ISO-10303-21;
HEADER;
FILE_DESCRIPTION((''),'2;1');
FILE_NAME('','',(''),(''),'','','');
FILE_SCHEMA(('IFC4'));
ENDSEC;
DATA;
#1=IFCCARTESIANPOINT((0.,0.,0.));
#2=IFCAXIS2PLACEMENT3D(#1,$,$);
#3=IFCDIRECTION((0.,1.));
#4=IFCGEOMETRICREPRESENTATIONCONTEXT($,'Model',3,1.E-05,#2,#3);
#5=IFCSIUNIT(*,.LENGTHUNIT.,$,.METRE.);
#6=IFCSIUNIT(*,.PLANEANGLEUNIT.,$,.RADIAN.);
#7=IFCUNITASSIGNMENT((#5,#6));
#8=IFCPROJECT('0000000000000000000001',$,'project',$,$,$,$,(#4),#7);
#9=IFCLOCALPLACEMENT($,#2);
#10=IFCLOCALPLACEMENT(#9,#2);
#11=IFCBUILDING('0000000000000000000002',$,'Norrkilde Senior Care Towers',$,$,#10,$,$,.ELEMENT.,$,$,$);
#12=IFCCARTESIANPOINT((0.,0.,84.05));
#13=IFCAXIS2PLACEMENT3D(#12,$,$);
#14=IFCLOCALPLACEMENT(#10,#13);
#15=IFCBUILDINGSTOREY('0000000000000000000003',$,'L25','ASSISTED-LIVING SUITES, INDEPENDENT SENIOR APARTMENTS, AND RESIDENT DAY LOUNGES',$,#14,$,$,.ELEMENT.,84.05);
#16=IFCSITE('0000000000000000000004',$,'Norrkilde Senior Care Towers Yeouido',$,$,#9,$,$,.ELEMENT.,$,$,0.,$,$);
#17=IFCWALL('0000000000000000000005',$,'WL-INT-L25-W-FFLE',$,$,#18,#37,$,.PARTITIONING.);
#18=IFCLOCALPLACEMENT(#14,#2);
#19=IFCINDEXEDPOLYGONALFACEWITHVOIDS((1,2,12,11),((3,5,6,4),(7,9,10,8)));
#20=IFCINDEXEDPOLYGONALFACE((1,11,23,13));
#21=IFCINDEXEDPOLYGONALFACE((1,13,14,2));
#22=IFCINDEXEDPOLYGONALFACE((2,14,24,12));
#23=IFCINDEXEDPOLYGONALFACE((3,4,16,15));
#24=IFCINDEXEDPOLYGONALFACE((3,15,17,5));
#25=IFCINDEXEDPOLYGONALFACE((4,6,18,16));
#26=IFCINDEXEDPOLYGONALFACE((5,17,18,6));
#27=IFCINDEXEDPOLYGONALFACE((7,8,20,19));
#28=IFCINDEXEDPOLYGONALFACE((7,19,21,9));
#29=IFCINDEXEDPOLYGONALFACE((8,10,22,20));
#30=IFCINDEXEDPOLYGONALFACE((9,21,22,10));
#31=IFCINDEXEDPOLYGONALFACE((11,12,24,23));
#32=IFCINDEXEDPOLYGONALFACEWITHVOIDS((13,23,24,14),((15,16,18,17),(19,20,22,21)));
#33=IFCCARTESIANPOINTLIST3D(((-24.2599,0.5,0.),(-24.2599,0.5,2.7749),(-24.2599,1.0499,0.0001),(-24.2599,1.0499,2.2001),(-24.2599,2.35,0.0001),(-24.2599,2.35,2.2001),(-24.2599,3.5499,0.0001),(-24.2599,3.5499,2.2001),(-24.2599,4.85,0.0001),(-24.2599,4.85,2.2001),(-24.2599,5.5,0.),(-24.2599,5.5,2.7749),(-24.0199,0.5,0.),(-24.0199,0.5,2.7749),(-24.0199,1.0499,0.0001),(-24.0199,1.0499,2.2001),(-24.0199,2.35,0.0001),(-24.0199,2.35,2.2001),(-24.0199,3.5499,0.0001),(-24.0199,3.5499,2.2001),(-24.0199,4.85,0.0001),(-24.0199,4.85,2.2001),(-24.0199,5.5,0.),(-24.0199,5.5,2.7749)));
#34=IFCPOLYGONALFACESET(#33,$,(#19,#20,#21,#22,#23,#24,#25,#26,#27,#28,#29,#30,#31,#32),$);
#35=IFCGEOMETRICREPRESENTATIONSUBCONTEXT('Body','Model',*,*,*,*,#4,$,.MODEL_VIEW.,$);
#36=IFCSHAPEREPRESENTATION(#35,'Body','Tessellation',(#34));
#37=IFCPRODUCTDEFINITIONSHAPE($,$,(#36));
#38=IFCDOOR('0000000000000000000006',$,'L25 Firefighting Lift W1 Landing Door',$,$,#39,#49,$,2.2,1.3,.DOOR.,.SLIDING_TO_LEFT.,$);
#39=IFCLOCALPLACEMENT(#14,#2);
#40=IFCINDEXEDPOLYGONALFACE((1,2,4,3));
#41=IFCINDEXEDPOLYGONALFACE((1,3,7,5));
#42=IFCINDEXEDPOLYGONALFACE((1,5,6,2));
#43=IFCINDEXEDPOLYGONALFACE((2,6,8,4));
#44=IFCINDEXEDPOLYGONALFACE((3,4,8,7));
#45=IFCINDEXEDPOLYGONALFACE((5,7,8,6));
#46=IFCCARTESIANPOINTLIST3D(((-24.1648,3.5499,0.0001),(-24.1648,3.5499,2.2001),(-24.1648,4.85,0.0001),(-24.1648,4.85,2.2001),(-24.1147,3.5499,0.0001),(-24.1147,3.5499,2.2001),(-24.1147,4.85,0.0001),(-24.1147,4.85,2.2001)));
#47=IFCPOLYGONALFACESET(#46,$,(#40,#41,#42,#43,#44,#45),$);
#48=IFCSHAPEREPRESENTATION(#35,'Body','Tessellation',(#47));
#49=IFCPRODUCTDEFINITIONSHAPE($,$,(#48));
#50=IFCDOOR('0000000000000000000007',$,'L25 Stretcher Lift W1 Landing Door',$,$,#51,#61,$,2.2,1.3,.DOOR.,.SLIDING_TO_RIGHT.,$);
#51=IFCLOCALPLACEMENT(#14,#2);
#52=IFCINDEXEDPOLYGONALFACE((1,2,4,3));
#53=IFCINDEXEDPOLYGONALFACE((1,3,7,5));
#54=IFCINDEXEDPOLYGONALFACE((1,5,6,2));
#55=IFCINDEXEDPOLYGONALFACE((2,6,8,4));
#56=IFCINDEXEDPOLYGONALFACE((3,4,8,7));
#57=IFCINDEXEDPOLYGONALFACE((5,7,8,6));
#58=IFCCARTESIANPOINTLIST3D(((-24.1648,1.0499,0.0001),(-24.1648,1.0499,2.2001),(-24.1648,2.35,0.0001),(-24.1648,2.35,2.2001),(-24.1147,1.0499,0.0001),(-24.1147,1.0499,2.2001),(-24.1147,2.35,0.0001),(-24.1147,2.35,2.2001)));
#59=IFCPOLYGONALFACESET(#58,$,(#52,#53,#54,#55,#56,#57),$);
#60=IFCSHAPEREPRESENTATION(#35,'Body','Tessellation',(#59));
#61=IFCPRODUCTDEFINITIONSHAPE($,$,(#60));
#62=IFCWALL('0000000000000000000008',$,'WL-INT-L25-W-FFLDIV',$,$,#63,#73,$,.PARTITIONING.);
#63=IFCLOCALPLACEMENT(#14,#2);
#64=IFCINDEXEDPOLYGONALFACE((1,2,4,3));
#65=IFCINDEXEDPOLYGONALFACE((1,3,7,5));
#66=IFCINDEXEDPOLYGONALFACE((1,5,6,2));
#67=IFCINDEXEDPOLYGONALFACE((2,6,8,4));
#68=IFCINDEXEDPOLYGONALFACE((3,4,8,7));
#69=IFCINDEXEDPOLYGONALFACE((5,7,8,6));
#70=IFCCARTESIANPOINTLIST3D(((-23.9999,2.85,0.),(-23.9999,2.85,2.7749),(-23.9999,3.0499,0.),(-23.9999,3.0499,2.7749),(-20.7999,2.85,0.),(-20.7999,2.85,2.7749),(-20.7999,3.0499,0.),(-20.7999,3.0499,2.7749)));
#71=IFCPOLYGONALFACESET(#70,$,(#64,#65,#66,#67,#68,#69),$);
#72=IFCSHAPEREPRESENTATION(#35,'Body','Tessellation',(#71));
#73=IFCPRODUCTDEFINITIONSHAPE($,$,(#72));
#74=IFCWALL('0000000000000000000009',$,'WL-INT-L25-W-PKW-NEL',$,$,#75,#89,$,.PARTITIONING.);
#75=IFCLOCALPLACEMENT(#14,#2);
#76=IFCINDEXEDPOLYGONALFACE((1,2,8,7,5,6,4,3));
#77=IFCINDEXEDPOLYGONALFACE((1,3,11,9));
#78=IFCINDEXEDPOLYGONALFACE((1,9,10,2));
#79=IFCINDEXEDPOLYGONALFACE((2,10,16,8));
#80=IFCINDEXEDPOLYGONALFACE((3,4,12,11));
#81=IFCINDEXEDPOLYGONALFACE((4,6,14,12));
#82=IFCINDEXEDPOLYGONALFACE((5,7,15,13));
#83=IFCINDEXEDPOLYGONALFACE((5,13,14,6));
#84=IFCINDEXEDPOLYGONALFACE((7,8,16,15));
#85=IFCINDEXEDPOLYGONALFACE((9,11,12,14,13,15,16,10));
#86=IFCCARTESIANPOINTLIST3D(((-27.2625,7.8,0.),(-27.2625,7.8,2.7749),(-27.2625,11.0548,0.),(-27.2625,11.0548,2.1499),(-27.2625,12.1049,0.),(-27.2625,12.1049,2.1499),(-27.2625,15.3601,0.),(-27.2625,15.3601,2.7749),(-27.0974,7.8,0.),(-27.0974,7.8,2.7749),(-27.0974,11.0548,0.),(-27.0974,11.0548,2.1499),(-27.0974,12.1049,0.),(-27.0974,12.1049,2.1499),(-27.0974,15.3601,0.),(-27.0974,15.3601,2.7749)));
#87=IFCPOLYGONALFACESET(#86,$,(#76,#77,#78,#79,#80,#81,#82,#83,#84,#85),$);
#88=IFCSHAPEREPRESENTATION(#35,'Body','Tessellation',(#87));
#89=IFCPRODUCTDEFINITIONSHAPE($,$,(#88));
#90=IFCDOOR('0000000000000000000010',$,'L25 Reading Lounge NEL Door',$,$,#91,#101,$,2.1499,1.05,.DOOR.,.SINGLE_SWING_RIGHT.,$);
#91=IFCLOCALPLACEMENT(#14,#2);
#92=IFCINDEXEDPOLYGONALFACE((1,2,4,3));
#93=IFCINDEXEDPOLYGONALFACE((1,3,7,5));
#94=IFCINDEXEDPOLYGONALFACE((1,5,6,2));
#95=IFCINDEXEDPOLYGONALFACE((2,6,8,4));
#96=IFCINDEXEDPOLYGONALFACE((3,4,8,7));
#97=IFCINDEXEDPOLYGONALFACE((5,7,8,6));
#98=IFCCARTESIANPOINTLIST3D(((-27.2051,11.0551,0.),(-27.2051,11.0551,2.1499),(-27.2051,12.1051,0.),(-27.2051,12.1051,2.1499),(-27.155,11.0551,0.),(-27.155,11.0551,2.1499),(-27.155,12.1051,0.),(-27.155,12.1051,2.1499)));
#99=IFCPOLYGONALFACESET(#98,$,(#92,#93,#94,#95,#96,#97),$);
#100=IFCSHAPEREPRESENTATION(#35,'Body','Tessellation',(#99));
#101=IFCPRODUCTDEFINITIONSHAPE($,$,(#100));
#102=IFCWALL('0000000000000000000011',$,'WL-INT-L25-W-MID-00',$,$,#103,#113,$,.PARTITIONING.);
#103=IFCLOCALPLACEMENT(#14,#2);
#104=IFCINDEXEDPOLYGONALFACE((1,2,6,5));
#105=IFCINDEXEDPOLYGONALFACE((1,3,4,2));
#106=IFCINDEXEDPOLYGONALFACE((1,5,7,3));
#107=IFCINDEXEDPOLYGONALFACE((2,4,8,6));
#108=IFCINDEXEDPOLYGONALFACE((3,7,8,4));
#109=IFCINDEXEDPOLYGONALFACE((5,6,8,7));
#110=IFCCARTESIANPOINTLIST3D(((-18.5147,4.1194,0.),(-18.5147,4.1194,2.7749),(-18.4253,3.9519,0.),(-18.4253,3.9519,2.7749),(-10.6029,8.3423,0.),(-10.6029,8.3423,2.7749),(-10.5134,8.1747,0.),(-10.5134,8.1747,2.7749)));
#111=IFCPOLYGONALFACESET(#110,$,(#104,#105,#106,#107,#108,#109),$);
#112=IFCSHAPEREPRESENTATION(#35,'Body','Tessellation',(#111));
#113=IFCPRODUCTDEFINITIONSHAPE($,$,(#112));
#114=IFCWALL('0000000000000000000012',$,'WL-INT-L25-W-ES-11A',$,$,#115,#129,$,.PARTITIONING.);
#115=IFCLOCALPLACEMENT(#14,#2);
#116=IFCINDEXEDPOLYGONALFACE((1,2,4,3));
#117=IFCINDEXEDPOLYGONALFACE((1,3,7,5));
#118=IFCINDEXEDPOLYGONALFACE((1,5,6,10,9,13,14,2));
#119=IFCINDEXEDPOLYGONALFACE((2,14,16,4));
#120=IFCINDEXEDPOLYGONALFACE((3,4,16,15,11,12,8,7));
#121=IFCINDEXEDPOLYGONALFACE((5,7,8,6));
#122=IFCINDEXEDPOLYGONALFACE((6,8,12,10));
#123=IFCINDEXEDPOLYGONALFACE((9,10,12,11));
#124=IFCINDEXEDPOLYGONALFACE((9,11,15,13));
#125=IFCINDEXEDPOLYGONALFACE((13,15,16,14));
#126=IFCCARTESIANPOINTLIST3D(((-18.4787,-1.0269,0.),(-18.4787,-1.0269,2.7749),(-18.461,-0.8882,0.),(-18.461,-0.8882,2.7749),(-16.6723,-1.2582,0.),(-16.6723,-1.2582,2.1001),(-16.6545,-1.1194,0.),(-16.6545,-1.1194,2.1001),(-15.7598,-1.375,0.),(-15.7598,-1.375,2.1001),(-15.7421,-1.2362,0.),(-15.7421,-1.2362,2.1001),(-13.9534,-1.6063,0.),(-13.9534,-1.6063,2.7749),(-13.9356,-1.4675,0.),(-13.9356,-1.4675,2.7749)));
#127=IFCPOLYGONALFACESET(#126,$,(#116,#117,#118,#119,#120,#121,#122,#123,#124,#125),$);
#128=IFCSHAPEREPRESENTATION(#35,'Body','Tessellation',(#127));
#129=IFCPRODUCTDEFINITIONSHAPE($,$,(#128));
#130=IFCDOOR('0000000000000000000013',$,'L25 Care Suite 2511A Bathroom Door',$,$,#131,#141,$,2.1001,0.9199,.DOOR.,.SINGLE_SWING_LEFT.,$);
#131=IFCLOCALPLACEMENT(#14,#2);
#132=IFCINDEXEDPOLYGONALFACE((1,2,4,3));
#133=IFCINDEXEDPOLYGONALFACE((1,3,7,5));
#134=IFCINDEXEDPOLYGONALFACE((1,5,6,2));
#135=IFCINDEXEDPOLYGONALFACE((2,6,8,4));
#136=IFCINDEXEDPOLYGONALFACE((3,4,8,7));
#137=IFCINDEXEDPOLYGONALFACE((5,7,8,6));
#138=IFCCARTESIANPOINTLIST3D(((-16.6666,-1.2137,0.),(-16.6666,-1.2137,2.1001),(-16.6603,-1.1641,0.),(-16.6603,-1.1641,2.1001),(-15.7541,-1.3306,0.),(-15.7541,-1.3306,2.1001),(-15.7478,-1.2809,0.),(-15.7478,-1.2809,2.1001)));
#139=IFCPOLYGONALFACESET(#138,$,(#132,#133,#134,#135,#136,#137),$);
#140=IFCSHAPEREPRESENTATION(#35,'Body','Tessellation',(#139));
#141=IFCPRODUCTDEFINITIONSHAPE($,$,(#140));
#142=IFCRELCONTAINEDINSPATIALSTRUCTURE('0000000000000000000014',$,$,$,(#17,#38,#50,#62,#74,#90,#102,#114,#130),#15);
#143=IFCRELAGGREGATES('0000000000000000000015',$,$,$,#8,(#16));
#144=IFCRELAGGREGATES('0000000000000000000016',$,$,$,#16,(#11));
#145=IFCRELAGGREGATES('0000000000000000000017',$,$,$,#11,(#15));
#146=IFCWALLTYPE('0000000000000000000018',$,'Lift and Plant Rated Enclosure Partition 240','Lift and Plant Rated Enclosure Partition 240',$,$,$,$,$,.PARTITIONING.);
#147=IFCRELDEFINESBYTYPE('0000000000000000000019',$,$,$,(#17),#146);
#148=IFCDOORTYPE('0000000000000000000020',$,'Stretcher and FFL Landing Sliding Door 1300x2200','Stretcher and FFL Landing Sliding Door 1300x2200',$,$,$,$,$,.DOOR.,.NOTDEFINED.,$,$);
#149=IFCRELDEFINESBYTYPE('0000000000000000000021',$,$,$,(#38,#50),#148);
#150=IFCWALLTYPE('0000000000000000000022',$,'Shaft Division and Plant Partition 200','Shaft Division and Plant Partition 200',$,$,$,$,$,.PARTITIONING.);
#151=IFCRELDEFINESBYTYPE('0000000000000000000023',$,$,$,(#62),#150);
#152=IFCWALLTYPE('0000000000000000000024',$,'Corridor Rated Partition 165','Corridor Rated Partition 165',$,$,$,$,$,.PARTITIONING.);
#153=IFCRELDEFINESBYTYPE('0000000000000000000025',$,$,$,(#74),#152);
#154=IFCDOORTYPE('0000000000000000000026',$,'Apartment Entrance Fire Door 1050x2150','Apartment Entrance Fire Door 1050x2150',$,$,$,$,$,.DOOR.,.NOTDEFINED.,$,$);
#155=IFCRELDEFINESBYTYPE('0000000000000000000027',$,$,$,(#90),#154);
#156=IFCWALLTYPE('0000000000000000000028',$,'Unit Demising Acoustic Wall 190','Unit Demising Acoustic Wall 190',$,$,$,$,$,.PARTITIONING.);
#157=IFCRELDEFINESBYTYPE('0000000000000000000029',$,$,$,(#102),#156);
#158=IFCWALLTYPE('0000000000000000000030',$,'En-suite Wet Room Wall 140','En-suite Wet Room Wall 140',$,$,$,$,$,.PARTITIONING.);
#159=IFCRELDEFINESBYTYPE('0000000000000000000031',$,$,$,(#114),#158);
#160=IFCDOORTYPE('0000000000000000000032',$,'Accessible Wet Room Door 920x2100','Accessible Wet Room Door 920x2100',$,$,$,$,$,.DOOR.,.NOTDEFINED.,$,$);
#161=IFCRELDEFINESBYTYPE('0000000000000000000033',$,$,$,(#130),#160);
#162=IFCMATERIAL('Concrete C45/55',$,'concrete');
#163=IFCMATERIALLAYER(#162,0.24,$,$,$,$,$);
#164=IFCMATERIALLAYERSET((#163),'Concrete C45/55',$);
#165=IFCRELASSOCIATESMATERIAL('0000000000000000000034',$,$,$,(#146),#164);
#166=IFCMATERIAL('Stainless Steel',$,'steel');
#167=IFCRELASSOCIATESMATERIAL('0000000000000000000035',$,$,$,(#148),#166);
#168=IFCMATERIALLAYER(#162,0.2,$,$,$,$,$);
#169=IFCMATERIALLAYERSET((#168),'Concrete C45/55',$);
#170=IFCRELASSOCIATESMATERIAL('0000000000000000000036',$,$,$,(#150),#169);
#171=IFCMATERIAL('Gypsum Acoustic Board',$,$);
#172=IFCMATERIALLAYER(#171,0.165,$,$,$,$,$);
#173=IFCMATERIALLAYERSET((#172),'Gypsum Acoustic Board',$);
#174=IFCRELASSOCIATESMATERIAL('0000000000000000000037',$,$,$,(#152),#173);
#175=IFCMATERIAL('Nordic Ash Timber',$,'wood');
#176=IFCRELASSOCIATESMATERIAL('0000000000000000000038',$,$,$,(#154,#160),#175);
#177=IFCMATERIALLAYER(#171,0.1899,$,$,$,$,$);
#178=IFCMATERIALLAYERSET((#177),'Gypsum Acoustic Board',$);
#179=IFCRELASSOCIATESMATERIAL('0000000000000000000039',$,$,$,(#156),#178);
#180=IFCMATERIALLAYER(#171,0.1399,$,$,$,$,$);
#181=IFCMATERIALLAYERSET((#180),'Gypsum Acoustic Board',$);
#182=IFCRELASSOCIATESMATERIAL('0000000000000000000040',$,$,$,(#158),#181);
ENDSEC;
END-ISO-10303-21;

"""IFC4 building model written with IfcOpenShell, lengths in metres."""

from ifc_helpers import new_model, si_unit, direction, frame, frame_2d, origin, place, context, subcontext, project, spatial, rectangle, extrude, source, transform, mapped, material, layer, layer_set, type_object, type_shapes, element, fill, save


model = new_model("IFC4")

# Units and contexts
model_context = context("Model", 3, precision=1e-05, world=origin(), true_north=direction((0.0, 1.0)))
body_context = subcontext(model_context, "Body", "Model", "MODEL_VIEW")
ifc_project = project(units=[si_unit("LENGTHUNIT", "METRE"), si_unit("PLANEANGLEUNIT", "RADIAN")], contexts=[model_context])

# Site, building, storey
site_placement = place(None, origin())
site = spatial("IfcSite", under=ifc_project, at=site_placement, Name="Norrkilde Senior Care Towers Yeouido", CompositionType="ELEMENT", RefElevation=0.0)
building_placement = place(site_placement, origin())
building = spatial("IfcBuilding", under=site, at=building_placement, Name="Norrkilde Senior Care Towers", CompositionType="ELEMENT")
storey_placement = place(building_placement, frame((0.0, 0.0, 84.05)))
storey = spatial("IfcBuildingStorey", under=building, at=storey_placement, Name="L25", Description="ASSISTED-LIVING SUITES, INDEPENDENT SENIOR APARTMENTS, AND RESIDENT DAY LOUNGES", CompositionType="ELEMENT", Elevation=84.05)

# Wall, openings, doors
ifc_material_1 = material(Name="Concrete C45/55", Category="concrete")
ifc_layer_1 = layer(ifc_material_1, 0.24)
ifc_layer_set_1 = layer_set([ifc_layer_1], Name="Concrete C45/55")
wall_type_1 = type_object("IfcWallType", Name="Lift and Plant Rated Enclosure Partition 240", Description="Lift and Plant Rated Enclosure Partition 240", PredefinedType="PARTITIONING", material=ifc_layer_set_1)
shared_shape_1 = source(origin(), body_context, "Body", "SweptSolid", [
    extrude(rectangle(XDim=5.0, YDim=0.24, at=frame_2d((2.5, 0.0))), origin(), (0.0, 0.0, 1.0), 2.7749),
])
type_shapes(wall_type_1, [shared_shape_1])
wall_1_placement = place(storey_placement, frame((-24.1399, 0.5, 0.0), z_axis=(0.0, 0.0, 1.0), x_axis=(0.0, 1.0, 0.0)))
wall_1 = element("IfcWall", 1, at=wall_1_placement, inside=storey, type_object=wall_type_1, Name="WL-INT-L25-W-FFLE", PredefinedType="PARTITIONING", context=body_context, shape_type="MappedRepresentation", body=[
    mapped(shared_shape_1, transform((0.0, 0.0, 0.0), x_axis=(1.0, 0.0, 0.0), y_axis=(0.0, 1.0, 0.0), z_axis=(0.0, 0.0, 1.0), scale=1.0)),
])
opening_1_placement = place(wall_1_placement, frame((3.05, 0.0, 0.0)))
opening_1 = element("IfcOpeningElement", 2, at=opening_1_placement, cuts=wall_1, PredefinedType="OPENING", context=body_context, shape_type="SweptSolid", body=[
    extrude(rectangle(XDim=1.3, YDim=2.2, at=frame_2d((0.6499, 1.1001))), frame((0.0, 0.1299, 0.0), z_axis=(0.0, -1.0, 0.0), x_axis=(1.0, 0.0, 0.0)), (0.0, 0.0, 1.0), 0.26),
])
opening_2_placement = place(wall_1_placement, frame((0.55, 0.0, 0.0)))
opening_2 = element("IfcOpeningElement", 3, at=opening_2_placement, cuts=wall_1, PredefinedType="OPENING", context=body_context, shape_type="SweptSolid", body=[
    extrude(rectangle(XDim=1.3, YDim=2.2, at=frame_2d((0.6499, 1.1001))), frame((0.0, 0.1299, 0.0), z_axis=(0.0, -1.0, 0.0), x_axis=(1.0, 0.0, 0.0)), (0.0, 0.0, 1.0), 0.26),
])
ifc_material_2 = material(Name="Stainless Steel", Category="steel")
door_type_1 = type_object("IfcDoorType", Name="Stretcher and FFL Landing Sliding Door 1300x2200", Description="Stretcher and FFL Landing Sliding Door 1300x2200", OperationType="NOTDEFINED", PredefinedType="DOOR", material=ifc_material_2)
shared_shape_2 = source(origin(), body_context, "Body", "SweptSolid", [
    extrude(rectangle(XDim=1.3, YDim=2.2, at=frame_2d((0.6499, 1.1001))), frame((0.0, 0.0249, 0.0), z_axis=(0.0, -1.0, 0.0), x_axis=(1.0, 0.0, 0.0)), (0.0, 0.0, 1.0), 0.05),
])
type_shapes(door_type_1, [shared_shape_2])
door_1_placement = place(opening_1_placement, origin())
door_1 = element("IfcDoor", 4, at=door_1_placement, inside=storey, type_object=door_type_1, Name="L25 Firefighting Lift W1 Landing Door", OperationType="SLIDING_TO_LEFT", OverallHeight=2.2, OverallWidth=1.3, PredefinedType="DOOR", context=body_context, shape_type="MappedRepresentation", body=[
    mapped(shared_shape_2, transform((0.0, 0.0, 0.0), x_axis=(1.0, 0.0, 0.0), y_axis=(0.0, 1.0, 0.0), z_axis=(0.0, 0.0, 1.0), scale=1.0)),
])
fill(opening_1, door_1)
door_2_placement = place(opening_2_placement, origin())
door_2 = element("IfcDoor", 5, at=door_2_placement, inside=storey, type_object=door_type_1, Name="L25 Stretcher Lift W1 Landing Door", OperationType="SLIDING_TO_RIGHT", OverallHeight=2.2, OverallWidth=1.3, PredefinedType="DOOR", context=body_context, shape_type="MappedRepresentation", body=[
    mapped(shared_shape_2, transform((0.0, 0.0, 0.0), x_axis=(1.0, 0.0, 0.0), y_axis=(0.0, 1.0, 0.0), z_axis=(0.0, 0.0, 1.0), scale=1.0)),
])
fill(opening_2, door_2)

# Wall
ifc_layer_2 = layer(ifc_material_1, 0.2)
ifc_layer_set_2 = layer_set([ifc_layer_2], Name="Concrete C45/55")
wall_type_2 = type_object("IfcWallType", Name="Shaft Division and Plant Partition 200", Description="Shaft Division and Plant Partition 200", PredefinedType="PARTITIONING", material=ifc_layer_set_2)
shared_shape_3 = source(origin(), body_context, "Body", "SweptSolid", [
    extrude(rectangle(XDim=3.2, YDim=0.2, at=frame_2d((1.6001, 0.0))), origin(), (0.0, 0.0, 1.0), 2.7749),
])
type_shapes(wall_type_2, [shared_shape_3])
wall_2_placement = place(storey_placement, frame((-24.0, 2.95, 0.0), z_axis=(0.0, 0.0, 1.0), x_axis=(1.0, 0.0, 0.0)))
element("IfcWall", 6, at=wall_2_placement, inside=storey, type_object=wall_type_2, Name="WL-INT-L25-W-FFLDIV", PredefinedType="PARTITIONING", context=body_context, shape_type="MappedRepresentation", body=[
    mapped(shared_shape_3, transform((0.0, 0.0, 0.0), x_axis=(1.0, 0.0, 0.0), y_axis=(0.0, 1.0, 0.0), z_axis=(0.0, 0.0, 1.0), scale=1.0)),
])

# Wall, opening, door
ifc_material_3 = material(Name="Gypsum Acoustic Board")
ifc_layer_3 = layer(ifc_material_3, 0.165)
ifc_layer_set_3 = layer_set([ifc_layer_3], Name="Gypsum Acoustic Board")
wall_type_3 = type_object("IfcWallType", Name="Corridor Rated Partition 165", Description="Corridor Rated Partition 165", PredefinedType="PARTITIONING", material=ifc_layer_set_3)
shared_shape_4 = source(origin(), body_context, "Body", "SweptSolid", [
    extrude(rectangle(XDim=7.5601, YDim=0.165, at=frame_2d((3.78, 0.0))), origin(), (0.0, 0.0, 1.0), 2.7749),
])
type_shapes(wall_type_3, [shared_shape_4])
wall_3_placement = place(storey_placement, frame((-27.1799, 7.8, 0.0), z_axis=(0.0, 0.0, 1.0), x_axis=(0.0, 1.0, 0.0)))
wall_3 = element("IfcWall", 7, at=wall_3_placement, inside=storey, type_object=wall_type_3, Name="WL-INT-L25-W-PKW-NEL", PredefinedType="PARTITIONING", context=body_context, shape_type="MappedRepresentation", body=[
    mapped(shared_shape_4, transform((0.0, 0.0, 0.0), x_axis=(1.0, 0.0, 0.0), y_axis=(0.0, 1.0, 0.0), z_axis=(0.0, 0.0, 1.0), scale=1.0)),
])
opening_3_placement = place(wall_3_placement, frame((3.2549, 0.0, 0.0)))
opening_3 = element("IfcOpeningElement", 8, at=opening_3_placement, cuts=wall_3, PredefinedType="OPENING", context=body_context, shape_type="SweptSolid", body=[
    extrude(rectangle(XDim=1.05, YDim=2.1499, at=frame_2d((0.5249, 1.075))), frame((0.0, 0.0925, 0.0), z_axis=(0.0, -1.0, 0.0), x_axis=(1.0, 0.0, 0.0)), (0.0, 0.0, 1.0), 0.1851),
])
ifc_material_4 = material(Name="Nordic Ash Timber", Category="wood")
door_type_2 = type_object("IfcDoorType", Name="Apartment Entrance Fire Door 1050x2150", Description="Apartment Entrance Fire Door 1050x2150", OperationType="NOTDEFINED", PredefinedType="DOOR", material=ifc_material_4)
shared_shape_5 = source(origin(), body_context, "Body", "SweptSolid", [
    extrude(rectangle(XDim=1.05, YDim=2.1499, at=frame_2d((0.5249, 1.075))), frame((0.0, 0.0249, 0.0), z_axis=(0.0, -1.0, 0.0), x_axis=(1.0, 0.0, 0.0)), (0.0, 0.0, 1.0), 0.05),
])
type_shapes(door_type_2, [shared_shape_5])
door_3_placement = place(opening_3_placement, frame((1.05, 0.0, 0.0), z_axis=(0.0, 0.0, 1.0), x_axis=(-1.0, 0.0, 0.0)))
door_3 = element("IfcDoor", 9, at=door_3_placement, inside=storey, type_object=door_type_2, Name="L25 Reading Lounge NEL Door", OperationType="SINGLE_SWING_RIGHT", OverallHeight=2.1499, OverallWidth=1.05, PredefinedType="DOOR", context=body_context, shape_type="MappedRepresentation", body=[
    mapped(shared_shape_5, transform((0.0, 0.0, 0.0), x_axis=(1.0, 0.0, 0.0), y_axis=(0.0, 1.0, 0.0), z_axis=(0.0, 0.0, 1.0), scale=1.0)),
])
fill(opening_3, door_3)

# Wall
ifc_layer_4 = layer(ifc_material_3, 0.1899)
ifc_layer_set_4 = layer_set([ifc_layer_4], Name="Gypsum Acoustic Board")
wall_type_4 = type_object("IfcWallType", Name="Unit Demising Acoustic Wall 190", Description="Unit Demising Acoustic Wall 190", PredefinedType="PARTITIONING", material=ifc_layer_set_4)
shared_shape_6 = source(origin(), body_context, "Body", "SweptSolid", [
    extrude(rectangle(XDim=8.9683, YDim=0.1899, at=frame_2d((4.4841, 0.0))), origin(), (0.0, 0.0, 1.0), 2.7749),
])
type_shapes(wall_type_4, [shared_shape_6])
wall_4_placement = place(storey_placement, frame((-18.47, 4.0356, 0.0), z_axis=(0.0, 0.0, 1.0), x_axis=(0.882203, 0.470869, 0.0)))
element("IfcWall", 10, at=wall_4_placement, inside=storey, type_object=wall_type_4, Name="WL-INT-L25-W-MID-00", PredefinedType="PARTITIONING", context=body_context, shape_type="MappedRepresentation", body=[
    mapped(shared_shape_6, transform((0.0, 0.0, 0.0), x_axis=(1.0, 0.0, 0.0), y_axis=(0.0, 1.0, 0.0), z_axis=(0.0, 0.0, 1.0), scale=1.0)),
])

# Wall, opening, door
ifc_layer_5 = layer(ifc_material_3, 0.1399)
ifc_layer_set_5 = layer_set([ifc_layer_5], Name="Gypsum Acoustic Board")
wall_type_5 = type_object("IfcWallType", Name="En-suite Wet Room Wall 140", Description="En-suite Wet Room Wall 140", PredefinedType="PARTITIONING", material=ifc_layer_set_5)
shared_shape_7 = source(origin(), body_context, "Body", "SweptSolid", [
    extrude(rectangle(XDim=4.5623, YDim=0.1399, at=frame_2d((2.2812, 0.0))), origin(), (0.0, 0.0, 1.0), 2.7749),
])
type_shapes(wall_type_5, [shared_shape_7])
wall_5_placement = place(storey_placement, frame((-18.47, -0.9575, 0.0), z_axis=(0.0, 0.0, 1.0), x_axis=(0.991905, -0.126985, 0.0)))
wall_5 = element("IfcWall", 11, at=wall_5_placement, inside=storey, type_object=wall_type_5, Name="WL-INT-L25-W-ES-11A", PredefinedType="PARTITIONING", context=body_context, shape_type="MappedRepresentation", body=[
    mapped(shared_shape_7, transform((0.0, 0.0, 0.0), x_axis=(1.0, 0.0, 0.0), y_axis=(0.0, 1.0, 0.0), z_axis=(0.0, 0.0, 1.0), scale=1.0)),
])
opening_4_placement = place(wall_5_placement, frame((1.8213, 0.0, 0.0)))
opening_4 = element("IfcOpeningElement", 12, at=opening_4_placement, cuts=wall_5, PredefinedType="OPENING", context=body_context, shape_type="SweptSolid", body=[
    extrude(rectangle(XDim=0.9199, YDim=2.1001, at=frame_2d((0.46, 1.05))), frame((0.0, 0.0798, 0.0), z_axis=(0.0, -1.0, 0.0), x_axis=(1.0, 0.0, 0.0)), (0.0, 0.0, 1.0), 0.1599),
])
door_type_3 = type_object("IfcDoorType", Name="Accessible Wet Room Door 920x2100", Description="Accessible Wet Room Door 920x2100", OperationType="NOTDEFINED", PredefinedType="DOOR", material=ifc_material_4)
shared_shape_8 = source(origin(), body_context, "Body", "SweptSolid", [
    extrude(rectangle(XDim=0.9199, YDim=2.1001, at=frame_2d((0.46, 1.05))), frame((0.0, 0.0249, 0.0), z_axis=(0.0, -1.0, 0.0), x_axis=(1.0, 0.0, 0.0)), (0.0, 0.0, 1.0), 0.05),
])
type_shapes(door_type_3, [shared_shape_8])
door_4_placement = place(opening_4_placement, origin())
door_4 = element("IfcDoor", 13, at=door_4_placement, inside=storey, type_object=door_type_3, Name="L25 Care Suite 2511A Bathroom Door", OperationType="SINGLE_SWING_LEFT", OverallHeight=2.1001, OverallWidth=0.9199, PredefinedType="DOOR", context=body_context, shape_type="MappedRepresentation", body=[
    mapped(shared_shape_8, transform((0.0, 0.0, 0.0), x_axis=(1.0, 0.0, 0.0), y_axis=(0.0, 1.0, 0.0), z_axis=(0.0, 0.0, 1.0), scale=1.0)),
])
fill(opening_4, door_4)

save(model, "model.ifc")
